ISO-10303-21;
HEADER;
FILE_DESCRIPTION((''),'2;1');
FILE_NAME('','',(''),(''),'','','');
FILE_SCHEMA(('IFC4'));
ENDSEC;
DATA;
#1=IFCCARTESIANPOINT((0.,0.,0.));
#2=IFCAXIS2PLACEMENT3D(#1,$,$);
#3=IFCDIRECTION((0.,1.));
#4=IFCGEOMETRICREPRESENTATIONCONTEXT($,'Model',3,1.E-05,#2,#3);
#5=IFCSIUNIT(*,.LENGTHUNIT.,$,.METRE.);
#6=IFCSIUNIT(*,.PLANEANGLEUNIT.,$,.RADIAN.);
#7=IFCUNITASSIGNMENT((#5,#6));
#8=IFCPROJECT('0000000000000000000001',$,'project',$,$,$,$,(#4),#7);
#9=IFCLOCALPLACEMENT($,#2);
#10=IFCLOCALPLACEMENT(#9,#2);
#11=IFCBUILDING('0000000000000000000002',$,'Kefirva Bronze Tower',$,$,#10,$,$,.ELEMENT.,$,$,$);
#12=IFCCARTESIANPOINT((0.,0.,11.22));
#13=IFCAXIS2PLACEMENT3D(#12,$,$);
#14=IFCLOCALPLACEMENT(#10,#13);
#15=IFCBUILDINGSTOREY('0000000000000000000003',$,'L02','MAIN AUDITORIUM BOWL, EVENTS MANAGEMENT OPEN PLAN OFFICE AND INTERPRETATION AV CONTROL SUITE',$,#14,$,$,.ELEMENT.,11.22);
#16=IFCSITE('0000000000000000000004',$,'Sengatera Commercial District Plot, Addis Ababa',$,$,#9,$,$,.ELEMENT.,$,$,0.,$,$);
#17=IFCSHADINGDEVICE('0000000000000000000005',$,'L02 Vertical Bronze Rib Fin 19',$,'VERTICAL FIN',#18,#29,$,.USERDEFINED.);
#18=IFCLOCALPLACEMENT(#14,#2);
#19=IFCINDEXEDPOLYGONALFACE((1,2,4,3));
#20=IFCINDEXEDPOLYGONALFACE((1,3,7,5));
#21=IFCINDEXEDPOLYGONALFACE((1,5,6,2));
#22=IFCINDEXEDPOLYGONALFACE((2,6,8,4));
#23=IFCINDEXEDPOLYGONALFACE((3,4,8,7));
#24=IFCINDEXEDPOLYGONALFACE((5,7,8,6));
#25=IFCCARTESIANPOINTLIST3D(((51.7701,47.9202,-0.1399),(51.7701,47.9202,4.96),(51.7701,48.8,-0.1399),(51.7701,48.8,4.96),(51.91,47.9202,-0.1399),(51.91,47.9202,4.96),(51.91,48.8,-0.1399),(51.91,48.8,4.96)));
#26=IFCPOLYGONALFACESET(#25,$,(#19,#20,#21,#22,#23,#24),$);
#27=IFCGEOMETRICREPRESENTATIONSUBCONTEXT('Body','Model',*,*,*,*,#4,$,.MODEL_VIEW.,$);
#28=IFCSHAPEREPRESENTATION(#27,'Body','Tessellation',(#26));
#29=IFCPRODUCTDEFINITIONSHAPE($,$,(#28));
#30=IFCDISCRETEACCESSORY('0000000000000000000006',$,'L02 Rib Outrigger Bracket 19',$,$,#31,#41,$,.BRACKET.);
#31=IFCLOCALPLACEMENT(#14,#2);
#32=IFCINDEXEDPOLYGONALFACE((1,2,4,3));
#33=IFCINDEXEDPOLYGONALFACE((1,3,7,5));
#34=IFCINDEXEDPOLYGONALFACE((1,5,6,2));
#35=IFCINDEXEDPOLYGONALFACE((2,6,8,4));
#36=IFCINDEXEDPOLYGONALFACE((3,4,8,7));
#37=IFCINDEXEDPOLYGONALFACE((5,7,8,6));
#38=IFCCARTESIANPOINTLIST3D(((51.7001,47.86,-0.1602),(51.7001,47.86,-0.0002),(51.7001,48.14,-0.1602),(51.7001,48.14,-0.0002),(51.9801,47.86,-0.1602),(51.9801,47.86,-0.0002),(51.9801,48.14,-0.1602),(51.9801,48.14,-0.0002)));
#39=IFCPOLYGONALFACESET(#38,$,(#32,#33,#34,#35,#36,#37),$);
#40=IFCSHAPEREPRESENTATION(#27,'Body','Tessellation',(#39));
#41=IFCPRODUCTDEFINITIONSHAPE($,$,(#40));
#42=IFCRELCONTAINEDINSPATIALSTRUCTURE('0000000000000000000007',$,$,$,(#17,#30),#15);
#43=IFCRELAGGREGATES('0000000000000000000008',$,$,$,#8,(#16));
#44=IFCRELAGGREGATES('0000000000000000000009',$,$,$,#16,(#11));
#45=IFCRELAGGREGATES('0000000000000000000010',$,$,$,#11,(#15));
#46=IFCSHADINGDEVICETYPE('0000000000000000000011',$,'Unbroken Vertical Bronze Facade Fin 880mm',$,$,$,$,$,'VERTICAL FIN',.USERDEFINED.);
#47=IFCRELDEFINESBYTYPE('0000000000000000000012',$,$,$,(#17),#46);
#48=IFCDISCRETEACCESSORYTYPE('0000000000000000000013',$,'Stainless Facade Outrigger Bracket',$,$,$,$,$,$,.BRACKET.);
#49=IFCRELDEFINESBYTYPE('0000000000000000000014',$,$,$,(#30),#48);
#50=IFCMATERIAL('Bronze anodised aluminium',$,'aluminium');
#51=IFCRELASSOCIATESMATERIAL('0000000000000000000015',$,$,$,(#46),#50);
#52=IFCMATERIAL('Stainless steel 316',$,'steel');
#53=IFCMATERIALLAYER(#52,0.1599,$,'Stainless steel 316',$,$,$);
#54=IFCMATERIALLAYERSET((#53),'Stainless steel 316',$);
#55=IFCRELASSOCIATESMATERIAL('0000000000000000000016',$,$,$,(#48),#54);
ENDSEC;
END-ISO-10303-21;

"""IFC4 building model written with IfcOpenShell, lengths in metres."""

from ifc_helpers import new_model, si_unit, direction, frame, origin, origin_2d, place, context, subcontext, project, spatial, rectangle, extrude, material, layer, layer_set, material_profile, profile_set, type_object, element, save


model = new_model("IFC4")

# Units and contexts
model_context = context("Model", 3, precision=1e-05, world=origin(), true_north=direction((0.0, 1.0)))
body_context = subcontext(model_context, "Body", "Model", "MODEL_VIEW")
ifc_project = project(units=[si_unit("LENGTHUNIT", "METRE"), si_unit("PLANEANGLEUNIT", "RADIAN")], contexts=[model_context])

# Site, building, storey
site_placement = place(None, origin())
site = spatial("IfcSite", under=ifc_project, at=site_placement, Name="Sengatera Commercial District Plot, Addis Ababa", CompositionType="ELEMENT", RefElevation=0.0)
building_placement = place(site_placement, origin())
building = spatial("IfcBuilding", under=site, at=building_placement, Name="Kefirva Bronze Tower", CompositionType="ELEMENT")
storey_placement = place(building_placement, frame((0.0, 0.0, 11.22)))
storey = spatial("IfcBuildingStorey", under=building, at=storey_placement, Name="L02", Description="MAIN AUDITORIUM BOWL, EVENTS MANAGEMENT OPEN PLAN OFFICE AND INTERPRETATION AV CONTROL SUITE", CompositionType="ELEMENT", Elevation=11.22)

# Shared definitions
ifc_material_1 = material(Name="Bronze anodised aluminium", Category="aluminium")

# Shared definitions
ifc_material_2 = material(Name="Stainless steel 316", Category="steel")

# Shading device
ifc_material_profile_1 = material_profile(ifc_material_1, rectangle(XDim=0.1399, YDim=0.8799, at=origin_2d()), Name="BRONZE FIN 140x880")
ifc_profile_set_1 = profile_set([ifc_material_profile_1], Name="Bronze anodised aluminium")
shading_device_type = type_object("IfcShadingDeviceType", Name="Unbroken Vertical Bronze Facade Fin 880mm", ElementType="VERTICAL FIN", PredefinedType="USERDEFINED", material=ifc_profile_set_1)
shading_device_placement = place(storey_placement, frame((51.8401, 48.3601, -0.1399), z_axis=(0.0, 0.0, 1.0), x_axis=(-1.0, 0.0, 0.0)))
element("IfcShadingDevice", 1, at=shading_device_placement, inside=storey, type_object=shading_device_type, Name="L02 Vertical Bronze Rib Fin 19", ObjectType="VERTICAL FIN", PredefinedType="USERDEFINED", context=body_context, shape_type="SweptSolid", body=[
    extrude(rectangle(XDim=0.1399, YDim=0.8799, at=origin_2d()), origin(), (0.0, 0.0, 1.0), 5.0999),
])

# Discrete accessory
ifc_layer_1 = layer(ifc_material_2, 0.1599, Name="Stainless steel 316")
ifc_layer_set_1 = layer_set([ifc_layer_1], Name="Stainless steel 316")
discrete_accessory_type = type_object("IfcDiscreteAccessoryType", Name="Stainless Facade Outrigger Bracket", PredefinedType="BRACKET", material=ifc_layer_set_1)
discrete_accessory_placement = place(storey_placement, frame((51.8401, 48.0, -0.1602), z_axis=(0.0, 0.0, 1.0), x_axis=(-1.0, 0.0, 0.0)))
element("IfcDiscreteAccessory", 2, at=discrete_accessory_placement, inside=storey, type_object=discrete_accessory_type, Name="L02 Rib Outrigger Bracket 19", PredefinedType="BRACKET", context=body_context, shape_type="SweptSolid", body=[
    extrude(rectangle(XDim=0.28, YDim=0.28, at=origin_2d()), origin(), (0.0, 0.0, 1.0), 0.1599),
])

save(model, "model.ifc")
